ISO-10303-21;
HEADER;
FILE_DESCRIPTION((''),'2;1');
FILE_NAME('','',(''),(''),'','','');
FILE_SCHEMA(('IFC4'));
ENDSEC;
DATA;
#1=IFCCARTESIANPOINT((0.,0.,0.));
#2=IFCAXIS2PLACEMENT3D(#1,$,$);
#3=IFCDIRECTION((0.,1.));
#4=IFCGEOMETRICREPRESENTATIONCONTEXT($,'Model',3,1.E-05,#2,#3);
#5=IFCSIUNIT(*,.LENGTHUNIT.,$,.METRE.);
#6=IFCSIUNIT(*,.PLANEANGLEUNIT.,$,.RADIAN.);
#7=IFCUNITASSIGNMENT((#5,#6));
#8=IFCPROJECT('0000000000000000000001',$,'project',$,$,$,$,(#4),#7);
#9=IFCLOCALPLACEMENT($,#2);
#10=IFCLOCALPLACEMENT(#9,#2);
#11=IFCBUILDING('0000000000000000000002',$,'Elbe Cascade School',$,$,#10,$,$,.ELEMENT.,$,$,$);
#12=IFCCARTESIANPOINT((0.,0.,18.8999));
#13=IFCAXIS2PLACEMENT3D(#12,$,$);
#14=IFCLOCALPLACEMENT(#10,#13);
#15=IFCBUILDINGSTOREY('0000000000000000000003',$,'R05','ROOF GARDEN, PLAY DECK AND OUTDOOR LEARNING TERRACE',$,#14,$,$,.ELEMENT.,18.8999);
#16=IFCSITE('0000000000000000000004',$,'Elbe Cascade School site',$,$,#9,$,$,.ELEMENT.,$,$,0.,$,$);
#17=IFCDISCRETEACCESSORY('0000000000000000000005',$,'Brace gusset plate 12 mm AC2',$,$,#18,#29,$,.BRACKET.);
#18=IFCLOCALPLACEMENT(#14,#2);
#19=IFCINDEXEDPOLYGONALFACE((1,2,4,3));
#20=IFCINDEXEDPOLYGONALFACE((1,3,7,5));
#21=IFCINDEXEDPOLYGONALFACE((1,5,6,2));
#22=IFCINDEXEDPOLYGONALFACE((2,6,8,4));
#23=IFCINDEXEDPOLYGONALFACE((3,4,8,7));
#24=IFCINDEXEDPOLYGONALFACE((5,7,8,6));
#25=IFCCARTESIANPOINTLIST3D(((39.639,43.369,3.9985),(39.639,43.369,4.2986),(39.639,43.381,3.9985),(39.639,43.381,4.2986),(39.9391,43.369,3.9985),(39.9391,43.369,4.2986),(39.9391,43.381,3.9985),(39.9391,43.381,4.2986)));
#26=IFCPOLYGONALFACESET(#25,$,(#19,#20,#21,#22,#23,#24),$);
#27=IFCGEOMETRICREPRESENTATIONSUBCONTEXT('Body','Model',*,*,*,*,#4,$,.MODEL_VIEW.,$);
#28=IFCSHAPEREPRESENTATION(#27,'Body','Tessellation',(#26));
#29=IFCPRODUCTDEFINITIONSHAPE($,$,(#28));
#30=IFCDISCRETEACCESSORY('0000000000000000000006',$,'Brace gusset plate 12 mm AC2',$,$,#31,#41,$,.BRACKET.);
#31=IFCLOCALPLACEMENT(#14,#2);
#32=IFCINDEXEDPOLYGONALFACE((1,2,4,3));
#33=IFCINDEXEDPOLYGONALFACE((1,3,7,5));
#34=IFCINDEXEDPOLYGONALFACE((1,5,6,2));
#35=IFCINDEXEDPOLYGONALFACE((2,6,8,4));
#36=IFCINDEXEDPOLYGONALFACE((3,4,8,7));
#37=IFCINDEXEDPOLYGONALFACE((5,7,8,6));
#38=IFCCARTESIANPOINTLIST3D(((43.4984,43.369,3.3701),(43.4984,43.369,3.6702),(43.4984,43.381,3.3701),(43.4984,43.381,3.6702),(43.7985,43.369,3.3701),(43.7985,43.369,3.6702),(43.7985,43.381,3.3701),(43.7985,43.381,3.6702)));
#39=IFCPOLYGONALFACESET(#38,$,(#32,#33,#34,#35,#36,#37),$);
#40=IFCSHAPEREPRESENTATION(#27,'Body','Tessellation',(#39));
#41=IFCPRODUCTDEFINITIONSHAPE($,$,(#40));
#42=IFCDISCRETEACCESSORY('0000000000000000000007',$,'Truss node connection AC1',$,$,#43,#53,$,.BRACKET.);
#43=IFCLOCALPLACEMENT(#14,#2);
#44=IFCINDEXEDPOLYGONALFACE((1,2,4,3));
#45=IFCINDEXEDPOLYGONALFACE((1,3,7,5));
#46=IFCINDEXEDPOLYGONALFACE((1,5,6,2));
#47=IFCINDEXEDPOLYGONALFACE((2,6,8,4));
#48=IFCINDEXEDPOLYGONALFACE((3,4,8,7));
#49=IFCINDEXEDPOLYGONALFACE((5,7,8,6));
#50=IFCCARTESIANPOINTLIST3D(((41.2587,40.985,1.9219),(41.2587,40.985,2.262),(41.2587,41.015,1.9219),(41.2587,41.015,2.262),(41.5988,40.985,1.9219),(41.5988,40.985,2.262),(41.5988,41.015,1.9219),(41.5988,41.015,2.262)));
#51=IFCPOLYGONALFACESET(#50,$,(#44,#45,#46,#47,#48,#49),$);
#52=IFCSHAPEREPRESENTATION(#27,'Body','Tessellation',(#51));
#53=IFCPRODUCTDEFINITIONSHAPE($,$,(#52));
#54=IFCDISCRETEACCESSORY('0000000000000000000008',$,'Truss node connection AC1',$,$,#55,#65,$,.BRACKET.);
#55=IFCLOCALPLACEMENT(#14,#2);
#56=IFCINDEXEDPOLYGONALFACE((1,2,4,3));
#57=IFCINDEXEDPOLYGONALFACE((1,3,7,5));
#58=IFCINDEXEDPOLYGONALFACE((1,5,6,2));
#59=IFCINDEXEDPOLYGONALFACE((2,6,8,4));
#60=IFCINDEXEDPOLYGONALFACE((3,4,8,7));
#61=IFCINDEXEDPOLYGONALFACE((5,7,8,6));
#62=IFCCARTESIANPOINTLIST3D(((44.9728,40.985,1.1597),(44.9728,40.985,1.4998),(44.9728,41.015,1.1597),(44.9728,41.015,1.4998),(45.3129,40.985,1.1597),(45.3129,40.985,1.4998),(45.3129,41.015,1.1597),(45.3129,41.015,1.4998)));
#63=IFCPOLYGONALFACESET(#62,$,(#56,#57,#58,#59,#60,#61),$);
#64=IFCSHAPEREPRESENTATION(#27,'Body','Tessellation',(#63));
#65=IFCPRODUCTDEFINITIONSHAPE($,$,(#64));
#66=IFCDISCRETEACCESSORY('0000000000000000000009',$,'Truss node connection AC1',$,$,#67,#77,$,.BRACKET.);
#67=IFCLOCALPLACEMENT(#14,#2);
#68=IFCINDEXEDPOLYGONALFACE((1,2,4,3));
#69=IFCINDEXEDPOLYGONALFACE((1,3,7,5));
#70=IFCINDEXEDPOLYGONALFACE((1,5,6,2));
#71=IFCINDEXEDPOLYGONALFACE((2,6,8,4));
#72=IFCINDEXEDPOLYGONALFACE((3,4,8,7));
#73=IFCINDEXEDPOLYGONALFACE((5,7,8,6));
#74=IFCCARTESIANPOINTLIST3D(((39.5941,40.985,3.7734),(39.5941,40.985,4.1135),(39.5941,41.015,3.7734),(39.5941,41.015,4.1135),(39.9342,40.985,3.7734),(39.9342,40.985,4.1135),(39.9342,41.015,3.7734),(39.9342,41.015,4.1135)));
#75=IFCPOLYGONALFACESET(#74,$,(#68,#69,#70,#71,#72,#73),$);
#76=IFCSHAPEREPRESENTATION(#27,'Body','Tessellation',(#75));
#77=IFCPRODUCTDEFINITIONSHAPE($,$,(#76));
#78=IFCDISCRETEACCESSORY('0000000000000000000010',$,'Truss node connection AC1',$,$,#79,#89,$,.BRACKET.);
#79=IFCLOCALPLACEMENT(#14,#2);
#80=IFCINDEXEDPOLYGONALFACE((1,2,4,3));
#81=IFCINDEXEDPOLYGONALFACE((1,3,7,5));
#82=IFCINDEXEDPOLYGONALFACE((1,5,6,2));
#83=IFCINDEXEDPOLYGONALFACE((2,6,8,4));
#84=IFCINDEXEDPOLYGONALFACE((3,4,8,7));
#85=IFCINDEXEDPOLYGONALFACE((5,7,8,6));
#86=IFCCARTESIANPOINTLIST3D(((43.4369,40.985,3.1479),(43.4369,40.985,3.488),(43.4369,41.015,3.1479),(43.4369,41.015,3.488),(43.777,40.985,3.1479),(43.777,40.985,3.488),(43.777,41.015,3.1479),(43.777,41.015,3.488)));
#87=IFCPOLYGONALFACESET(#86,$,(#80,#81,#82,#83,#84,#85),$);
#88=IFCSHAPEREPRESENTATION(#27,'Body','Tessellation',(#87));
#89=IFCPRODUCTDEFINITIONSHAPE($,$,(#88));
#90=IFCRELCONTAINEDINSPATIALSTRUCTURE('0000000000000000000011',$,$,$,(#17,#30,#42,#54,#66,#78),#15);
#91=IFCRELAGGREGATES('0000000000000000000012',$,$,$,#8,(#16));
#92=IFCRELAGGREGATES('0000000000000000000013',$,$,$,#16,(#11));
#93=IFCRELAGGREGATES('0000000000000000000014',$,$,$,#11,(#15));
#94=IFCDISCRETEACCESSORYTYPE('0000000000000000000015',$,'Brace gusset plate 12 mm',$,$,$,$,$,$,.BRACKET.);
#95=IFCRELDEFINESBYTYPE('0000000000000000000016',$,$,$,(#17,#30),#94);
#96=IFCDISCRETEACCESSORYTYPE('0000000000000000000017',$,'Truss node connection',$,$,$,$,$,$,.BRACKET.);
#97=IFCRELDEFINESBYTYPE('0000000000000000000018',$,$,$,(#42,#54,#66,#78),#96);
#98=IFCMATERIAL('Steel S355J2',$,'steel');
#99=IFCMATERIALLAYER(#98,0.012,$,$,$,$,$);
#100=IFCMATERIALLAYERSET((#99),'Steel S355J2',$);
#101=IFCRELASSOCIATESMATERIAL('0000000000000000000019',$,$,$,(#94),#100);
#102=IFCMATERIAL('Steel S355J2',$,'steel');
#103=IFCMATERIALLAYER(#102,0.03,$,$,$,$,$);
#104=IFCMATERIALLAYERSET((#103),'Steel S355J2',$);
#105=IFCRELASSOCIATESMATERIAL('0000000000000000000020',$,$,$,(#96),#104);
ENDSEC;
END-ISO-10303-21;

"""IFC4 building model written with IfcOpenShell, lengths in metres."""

from ifc_helpers import new_model, si_unit, direction, frame, origin, origin_2d, place, context, subcontext, project, spatial, rectangle, extrude, material, layer, layer_set, type_object, element, save


model = new_model("IFC4")

# Units and contexts
model_context = context("Model", 3, precision=1e-05, world=origin(), true_north=direction((0.0, 1.0)))
body_context = subcontext(model_context, "Body", "Model", "MODEL_VIEW")
ifc_project = project(units=[si_unit("LENGTHUNIT", "METRE"), si_unit("PLANEANGLEUNIT", "RADIAN")], contexts=[model_context])

# Site, building, storey
site_placement = place(None, origin())
site = spatial("IfcSite", under=ifc_project, at=site_placement, Name="Elbe Cascade School site", CompositionType="ELEMENT", RefElevation=0.0)
building_placement = place(site_placement, origin())
building = spatial("IfcBuilding", under=site, at=building_placement, Name="Elbe Cascade School", CompositionType="ELEMENT")
storey_placement = place(building_placement, frame((0.0, 0.0, 18.8999)))
storey = spatial("IfcBuildingStorey", under=building, at=storey_placement, Name="R05", Description="ROOF GARDEN, PLAY DECK AND OUTDOOR LEARNING TERRACE", CompositionType="ELEMENT", Elevation=18.8999)

# Discrete accessories
ifc_material_1 = material(Name="Steel S355J2", Category="steel")
ifc_layer_1 = layer(ifc_material_1, 0.012)
ifc_layer_set_1 = layer_set([ifc_layer_1], Name="Steel S355J2")
discrete_accessory_type_1 = type_object("IfcDiscreteAccessoryType", Name="Brace gusset plate 12 mm", PredefinedType="BRACKET", material=ifc_layer_set_1)
for number, where, z_axis, x_axis, name in (
    (1, (39.7891, 43.375, 3.9985), (0.0, 0.0, 1.0), (1.0, 0.0, 0.0), "Brace gusset plate 12 mm AC2"),
    (2, (43.6484, 43.375, 3.3701), (0.0, 0.0, 1.0), (1.0, 0.0, 0.0), "Brace gusset plate 12 mm AC2"),
):
    element("IfcDiscreteAccessory", number, at=place(storey_placement, frame(where, z_axis=z_axis, x_axis=x_axis)), inside=storey, type_object=discrete_accessory_type_1, Name=name, PredefinedType="BRACKET", context=body_context, shape_type="SweptSolid", body=[
        extrude(rectangle(XDim=0.3, YDim=0.012, at=origin_2d()), origin(), (0.0, 0.0, 1.0), 0.3),
    ])
ifc_material_2 = material(Name="Steel S355J2", Category="steel")
ifc_layer_2 = layer(ifc_material_2, 0.03)
ifc_layer_set_2 = layer_set([ifc_layer_2], Name="Steel S355J2")
discrete_accessory_type_2 = type_object("IfcDiscreteAccessoryType", Name="Truss node connection", PredefinedType="BRACKET", material=ifc_layer_set_2)
for number, where, z_axis, x_axis, name in (
    (3, (41.4287, 41.0, 1.9219), (0.0, 0.0, 1.0), (1.0, 0.0, 0.0), "Truss node connection AC1"),
    (4, (45.1428, 41.0, 1.1597), (0.0, 0.0, 1.0), (1.0, 0.0, 0.0), "Truss node connection AC1"),
    (5, (39.7642, 41.0, 3.7734), (0.0, 0.0, 1.0), (1.0, 0.0, 0.0), "Truss node connection AC1"),
    (6, (43.6069, 41.0, 3.1479), (0.0, 0.0, 1.0), (1.0, 0.0, 0.0), "Truss node connection AC1"),
):
    element("IfcDiscreteAccessory", number, at=place(storey_placement, frame(where, z_axis=z_axis, x_axis=x_axis)), inside=storey, type_object=discrete_accessory_type_2, Name=name, PredefinedType="BRACKET", context=body_context, shape_type="SweptSolid", body=[
        extrude(rectangle(XDim=0.3401, YDim=0.03, at=origin_2d()), origin(), (0.0, 0.0, 1.0), 0.3401),
    ])

save(model, "model.ifc")
